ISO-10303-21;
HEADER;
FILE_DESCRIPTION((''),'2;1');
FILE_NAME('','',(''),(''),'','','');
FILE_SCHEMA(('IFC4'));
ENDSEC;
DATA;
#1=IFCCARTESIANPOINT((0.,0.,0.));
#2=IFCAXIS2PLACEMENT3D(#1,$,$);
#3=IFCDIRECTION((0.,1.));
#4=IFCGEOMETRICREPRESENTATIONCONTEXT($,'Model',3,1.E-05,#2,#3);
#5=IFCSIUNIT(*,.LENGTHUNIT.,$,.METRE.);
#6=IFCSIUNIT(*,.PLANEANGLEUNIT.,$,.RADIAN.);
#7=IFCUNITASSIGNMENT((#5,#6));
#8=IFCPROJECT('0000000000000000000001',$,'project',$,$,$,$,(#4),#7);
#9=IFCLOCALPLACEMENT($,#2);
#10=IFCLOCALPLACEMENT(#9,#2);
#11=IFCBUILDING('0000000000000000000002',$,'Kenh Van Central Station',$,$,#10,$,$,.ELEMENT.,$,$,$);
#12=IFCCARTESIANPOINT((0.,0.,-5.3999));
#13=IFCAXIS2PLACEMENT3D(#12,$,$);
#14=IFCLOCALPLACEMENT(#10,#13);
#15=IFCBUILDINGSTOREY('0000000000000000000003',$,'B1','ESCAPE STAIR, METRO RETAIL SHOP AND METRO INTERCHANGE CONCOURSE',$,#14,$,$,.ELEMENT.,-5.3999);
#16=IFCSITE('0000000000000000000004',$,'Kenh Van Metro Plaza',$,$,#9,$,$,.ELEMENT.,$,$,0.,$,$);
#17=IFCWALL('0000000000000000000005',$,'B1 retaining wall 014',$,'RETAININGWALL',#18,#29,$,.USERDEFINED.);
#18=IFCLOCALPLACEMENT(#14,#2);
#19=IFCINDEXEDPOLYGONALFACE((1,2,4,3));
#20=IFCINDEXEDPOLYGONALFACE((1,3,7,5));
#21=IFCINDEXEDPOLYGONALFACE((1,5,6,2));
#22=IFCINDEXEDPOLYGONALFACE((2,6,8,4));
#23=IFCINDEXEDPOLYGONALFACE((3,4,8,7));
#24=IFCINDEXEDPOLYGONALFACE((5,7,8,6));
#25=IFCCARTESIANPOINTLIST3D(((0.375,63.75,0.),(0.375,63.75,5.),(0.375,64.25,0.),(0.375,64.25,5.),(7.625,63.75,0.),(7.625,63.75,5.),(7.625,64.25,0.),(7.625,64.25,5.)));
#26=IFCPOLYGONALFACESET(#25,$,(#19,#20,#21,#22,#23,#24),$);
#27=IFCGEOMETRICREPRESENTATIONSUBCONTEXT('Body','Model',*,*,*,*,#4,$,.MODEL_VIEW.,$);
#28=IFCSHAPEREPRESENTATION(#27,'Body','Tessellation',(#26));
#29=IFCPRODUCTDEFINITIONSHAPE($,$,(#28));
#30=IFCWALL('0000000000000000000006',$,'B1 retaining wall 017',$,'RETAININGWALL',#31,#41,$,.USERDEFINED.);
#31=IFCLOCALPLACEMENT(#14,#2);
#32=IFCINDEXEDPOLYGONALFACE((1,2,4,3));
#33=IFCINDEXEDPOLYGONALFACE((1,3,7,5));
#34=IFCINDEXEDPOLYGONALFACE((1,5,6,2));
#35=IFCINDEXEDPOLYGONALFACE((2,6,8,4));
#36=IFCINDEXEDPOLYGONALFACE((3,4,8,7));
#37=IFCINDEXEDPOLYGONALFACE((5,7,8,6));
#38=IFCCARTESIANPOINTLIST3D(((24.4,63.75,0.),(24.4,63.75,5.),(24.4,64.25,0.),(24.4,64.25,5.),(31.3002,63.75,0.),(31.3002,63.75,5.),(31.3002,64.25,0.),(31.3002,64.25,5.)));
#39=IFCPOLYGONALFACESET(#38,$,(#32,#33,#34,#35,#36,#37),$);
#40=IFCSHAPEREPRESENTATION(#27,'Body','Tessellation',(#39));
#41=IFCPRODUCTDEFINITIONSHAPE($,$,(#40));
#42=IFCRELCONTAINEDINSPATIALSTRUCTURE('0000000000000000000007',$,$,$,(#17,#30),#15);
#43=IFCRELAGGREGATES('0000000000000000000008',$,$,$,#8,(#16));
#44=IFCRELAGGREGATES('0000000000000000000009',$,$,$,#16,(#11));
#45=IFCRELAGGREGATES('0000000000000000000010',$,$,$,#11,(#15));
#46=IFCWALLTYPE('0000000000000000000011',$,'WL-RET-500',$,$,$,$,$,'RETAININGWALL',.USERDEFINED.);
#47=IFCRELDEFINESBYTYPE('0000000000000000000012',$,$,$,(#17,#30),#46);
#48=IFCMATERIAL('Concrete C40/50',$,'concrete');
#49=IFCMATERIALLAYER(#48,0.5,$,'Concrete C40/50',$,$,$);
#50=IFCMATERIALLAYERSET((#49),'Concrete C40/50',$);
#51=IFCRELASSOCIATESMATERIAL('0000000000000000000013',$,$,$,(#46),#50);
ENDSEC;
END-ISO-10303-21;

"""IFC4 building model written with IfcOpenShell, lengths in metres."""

from ifc_helpers import new_model, si_unit, direction, frame, frame_2d, origin, place, context, subcontext, project, spatial, rectangle, extrude, material, layer, layer_set, type_object, element, save


model = new_model("IFC4")

# Units and contexts
model_context = context("Model", 3, precision=1e-05, world=origin(), true_north=direction((0.0, 1.0)))
body_context = subcontext(model_context, "Body", "Model", "MODEL_VIEW")
ifc_project = project(units=[si_unit("LENGTHUNIT", "METRE"), si_unit("PLANEANGLEUNIT", "RADIAN")], contexts=[model_context])

# Site, building, storey
site_placement = place(None, origin())
site = spatial("IfcSite", under=ifc_project, at=site_placement, Name="Kenh Van Metro Plaza", CompositionType="ELEMENT", RefElevation=0.0)
building_placement = place(site_placement, origin())
building = spatial("IfcBuilding", under=site, at=building_placement, Name="Kenh Van Central Station", CompositionType="ELEMENT")
storey_placement = place(building_placement, frame((0.0, 0.0, -5.3999)))
storey = spatial("IfcBuildingStorey", under=building, at=storey_placement, Name="B1", Description="ESCAPE STAIR, METRO RETAIL SHOP AND METRO INTERCHANGE CONCOURSE", CompositionType="ELEMENT", Elevation=-5.3999)

# Shared definitions
ifc_material_1 = material(Name="Concrete C40/50", Category="concrete")

# Walls
ifc_layer_1 = layer(ifc_material_1, 0.5, Name="Concrete C40/50")
ifc_layer_set_1 = layer_set([ifc_layer_1], Name="Concrete C40/50")
wall_type_1 = type_object("IfcWallType", Name="WL-RET-500", ElementType="RETAININGWALL", PredefinedType="USERDEFINED", material=ifc_layer_set_1)
wall_1_placement = place(storey_placement, frame((0.375, 64.0, 0.0), z_axis=(0.0, 0.0, 1.0), x_axis=(1.0, 0.0, 0.0)))
element("IfcWall", 1, at=wall_1_placement, inside=storey, type_object=wall_type_1, Name="B1 retaining wall 014", ObjectType="RETAININGWALL", PredefinedType="USERDEFINED", context=body_context, shape_type="SweptSolid", body=[
    extrude(rectangle(XDim=7.25, YDim=0.5, at=frame_2d((3.625, 0.0))), origin(), (0.0, 0.0, 1.0), 5.0),
])
wall_2_placement = place(storey_placement, frame((24.3999, 64.0, 0.0), z_axis=(0.0, 0.0, 1.0), x_axis=(1.0, 0.0, 0.0)))
element("IfcWall", 2, at=wall_2_placement, inside=storey, type_object=wall_type_1, Name="B1 retaining wall 017", ObjectType="RETAININGWALL", PredefinedType="USERDEFINED", context=body_context, shape_type="SweptSolid", body=[
    extrude(rectangle(XDim=6.9001, YDim=0.5, at=frame_2d((3.4502, 0.0))), origin(), (0.0, 0.0, 1.0), 5.0),
])

save(model, "model.ifc")
